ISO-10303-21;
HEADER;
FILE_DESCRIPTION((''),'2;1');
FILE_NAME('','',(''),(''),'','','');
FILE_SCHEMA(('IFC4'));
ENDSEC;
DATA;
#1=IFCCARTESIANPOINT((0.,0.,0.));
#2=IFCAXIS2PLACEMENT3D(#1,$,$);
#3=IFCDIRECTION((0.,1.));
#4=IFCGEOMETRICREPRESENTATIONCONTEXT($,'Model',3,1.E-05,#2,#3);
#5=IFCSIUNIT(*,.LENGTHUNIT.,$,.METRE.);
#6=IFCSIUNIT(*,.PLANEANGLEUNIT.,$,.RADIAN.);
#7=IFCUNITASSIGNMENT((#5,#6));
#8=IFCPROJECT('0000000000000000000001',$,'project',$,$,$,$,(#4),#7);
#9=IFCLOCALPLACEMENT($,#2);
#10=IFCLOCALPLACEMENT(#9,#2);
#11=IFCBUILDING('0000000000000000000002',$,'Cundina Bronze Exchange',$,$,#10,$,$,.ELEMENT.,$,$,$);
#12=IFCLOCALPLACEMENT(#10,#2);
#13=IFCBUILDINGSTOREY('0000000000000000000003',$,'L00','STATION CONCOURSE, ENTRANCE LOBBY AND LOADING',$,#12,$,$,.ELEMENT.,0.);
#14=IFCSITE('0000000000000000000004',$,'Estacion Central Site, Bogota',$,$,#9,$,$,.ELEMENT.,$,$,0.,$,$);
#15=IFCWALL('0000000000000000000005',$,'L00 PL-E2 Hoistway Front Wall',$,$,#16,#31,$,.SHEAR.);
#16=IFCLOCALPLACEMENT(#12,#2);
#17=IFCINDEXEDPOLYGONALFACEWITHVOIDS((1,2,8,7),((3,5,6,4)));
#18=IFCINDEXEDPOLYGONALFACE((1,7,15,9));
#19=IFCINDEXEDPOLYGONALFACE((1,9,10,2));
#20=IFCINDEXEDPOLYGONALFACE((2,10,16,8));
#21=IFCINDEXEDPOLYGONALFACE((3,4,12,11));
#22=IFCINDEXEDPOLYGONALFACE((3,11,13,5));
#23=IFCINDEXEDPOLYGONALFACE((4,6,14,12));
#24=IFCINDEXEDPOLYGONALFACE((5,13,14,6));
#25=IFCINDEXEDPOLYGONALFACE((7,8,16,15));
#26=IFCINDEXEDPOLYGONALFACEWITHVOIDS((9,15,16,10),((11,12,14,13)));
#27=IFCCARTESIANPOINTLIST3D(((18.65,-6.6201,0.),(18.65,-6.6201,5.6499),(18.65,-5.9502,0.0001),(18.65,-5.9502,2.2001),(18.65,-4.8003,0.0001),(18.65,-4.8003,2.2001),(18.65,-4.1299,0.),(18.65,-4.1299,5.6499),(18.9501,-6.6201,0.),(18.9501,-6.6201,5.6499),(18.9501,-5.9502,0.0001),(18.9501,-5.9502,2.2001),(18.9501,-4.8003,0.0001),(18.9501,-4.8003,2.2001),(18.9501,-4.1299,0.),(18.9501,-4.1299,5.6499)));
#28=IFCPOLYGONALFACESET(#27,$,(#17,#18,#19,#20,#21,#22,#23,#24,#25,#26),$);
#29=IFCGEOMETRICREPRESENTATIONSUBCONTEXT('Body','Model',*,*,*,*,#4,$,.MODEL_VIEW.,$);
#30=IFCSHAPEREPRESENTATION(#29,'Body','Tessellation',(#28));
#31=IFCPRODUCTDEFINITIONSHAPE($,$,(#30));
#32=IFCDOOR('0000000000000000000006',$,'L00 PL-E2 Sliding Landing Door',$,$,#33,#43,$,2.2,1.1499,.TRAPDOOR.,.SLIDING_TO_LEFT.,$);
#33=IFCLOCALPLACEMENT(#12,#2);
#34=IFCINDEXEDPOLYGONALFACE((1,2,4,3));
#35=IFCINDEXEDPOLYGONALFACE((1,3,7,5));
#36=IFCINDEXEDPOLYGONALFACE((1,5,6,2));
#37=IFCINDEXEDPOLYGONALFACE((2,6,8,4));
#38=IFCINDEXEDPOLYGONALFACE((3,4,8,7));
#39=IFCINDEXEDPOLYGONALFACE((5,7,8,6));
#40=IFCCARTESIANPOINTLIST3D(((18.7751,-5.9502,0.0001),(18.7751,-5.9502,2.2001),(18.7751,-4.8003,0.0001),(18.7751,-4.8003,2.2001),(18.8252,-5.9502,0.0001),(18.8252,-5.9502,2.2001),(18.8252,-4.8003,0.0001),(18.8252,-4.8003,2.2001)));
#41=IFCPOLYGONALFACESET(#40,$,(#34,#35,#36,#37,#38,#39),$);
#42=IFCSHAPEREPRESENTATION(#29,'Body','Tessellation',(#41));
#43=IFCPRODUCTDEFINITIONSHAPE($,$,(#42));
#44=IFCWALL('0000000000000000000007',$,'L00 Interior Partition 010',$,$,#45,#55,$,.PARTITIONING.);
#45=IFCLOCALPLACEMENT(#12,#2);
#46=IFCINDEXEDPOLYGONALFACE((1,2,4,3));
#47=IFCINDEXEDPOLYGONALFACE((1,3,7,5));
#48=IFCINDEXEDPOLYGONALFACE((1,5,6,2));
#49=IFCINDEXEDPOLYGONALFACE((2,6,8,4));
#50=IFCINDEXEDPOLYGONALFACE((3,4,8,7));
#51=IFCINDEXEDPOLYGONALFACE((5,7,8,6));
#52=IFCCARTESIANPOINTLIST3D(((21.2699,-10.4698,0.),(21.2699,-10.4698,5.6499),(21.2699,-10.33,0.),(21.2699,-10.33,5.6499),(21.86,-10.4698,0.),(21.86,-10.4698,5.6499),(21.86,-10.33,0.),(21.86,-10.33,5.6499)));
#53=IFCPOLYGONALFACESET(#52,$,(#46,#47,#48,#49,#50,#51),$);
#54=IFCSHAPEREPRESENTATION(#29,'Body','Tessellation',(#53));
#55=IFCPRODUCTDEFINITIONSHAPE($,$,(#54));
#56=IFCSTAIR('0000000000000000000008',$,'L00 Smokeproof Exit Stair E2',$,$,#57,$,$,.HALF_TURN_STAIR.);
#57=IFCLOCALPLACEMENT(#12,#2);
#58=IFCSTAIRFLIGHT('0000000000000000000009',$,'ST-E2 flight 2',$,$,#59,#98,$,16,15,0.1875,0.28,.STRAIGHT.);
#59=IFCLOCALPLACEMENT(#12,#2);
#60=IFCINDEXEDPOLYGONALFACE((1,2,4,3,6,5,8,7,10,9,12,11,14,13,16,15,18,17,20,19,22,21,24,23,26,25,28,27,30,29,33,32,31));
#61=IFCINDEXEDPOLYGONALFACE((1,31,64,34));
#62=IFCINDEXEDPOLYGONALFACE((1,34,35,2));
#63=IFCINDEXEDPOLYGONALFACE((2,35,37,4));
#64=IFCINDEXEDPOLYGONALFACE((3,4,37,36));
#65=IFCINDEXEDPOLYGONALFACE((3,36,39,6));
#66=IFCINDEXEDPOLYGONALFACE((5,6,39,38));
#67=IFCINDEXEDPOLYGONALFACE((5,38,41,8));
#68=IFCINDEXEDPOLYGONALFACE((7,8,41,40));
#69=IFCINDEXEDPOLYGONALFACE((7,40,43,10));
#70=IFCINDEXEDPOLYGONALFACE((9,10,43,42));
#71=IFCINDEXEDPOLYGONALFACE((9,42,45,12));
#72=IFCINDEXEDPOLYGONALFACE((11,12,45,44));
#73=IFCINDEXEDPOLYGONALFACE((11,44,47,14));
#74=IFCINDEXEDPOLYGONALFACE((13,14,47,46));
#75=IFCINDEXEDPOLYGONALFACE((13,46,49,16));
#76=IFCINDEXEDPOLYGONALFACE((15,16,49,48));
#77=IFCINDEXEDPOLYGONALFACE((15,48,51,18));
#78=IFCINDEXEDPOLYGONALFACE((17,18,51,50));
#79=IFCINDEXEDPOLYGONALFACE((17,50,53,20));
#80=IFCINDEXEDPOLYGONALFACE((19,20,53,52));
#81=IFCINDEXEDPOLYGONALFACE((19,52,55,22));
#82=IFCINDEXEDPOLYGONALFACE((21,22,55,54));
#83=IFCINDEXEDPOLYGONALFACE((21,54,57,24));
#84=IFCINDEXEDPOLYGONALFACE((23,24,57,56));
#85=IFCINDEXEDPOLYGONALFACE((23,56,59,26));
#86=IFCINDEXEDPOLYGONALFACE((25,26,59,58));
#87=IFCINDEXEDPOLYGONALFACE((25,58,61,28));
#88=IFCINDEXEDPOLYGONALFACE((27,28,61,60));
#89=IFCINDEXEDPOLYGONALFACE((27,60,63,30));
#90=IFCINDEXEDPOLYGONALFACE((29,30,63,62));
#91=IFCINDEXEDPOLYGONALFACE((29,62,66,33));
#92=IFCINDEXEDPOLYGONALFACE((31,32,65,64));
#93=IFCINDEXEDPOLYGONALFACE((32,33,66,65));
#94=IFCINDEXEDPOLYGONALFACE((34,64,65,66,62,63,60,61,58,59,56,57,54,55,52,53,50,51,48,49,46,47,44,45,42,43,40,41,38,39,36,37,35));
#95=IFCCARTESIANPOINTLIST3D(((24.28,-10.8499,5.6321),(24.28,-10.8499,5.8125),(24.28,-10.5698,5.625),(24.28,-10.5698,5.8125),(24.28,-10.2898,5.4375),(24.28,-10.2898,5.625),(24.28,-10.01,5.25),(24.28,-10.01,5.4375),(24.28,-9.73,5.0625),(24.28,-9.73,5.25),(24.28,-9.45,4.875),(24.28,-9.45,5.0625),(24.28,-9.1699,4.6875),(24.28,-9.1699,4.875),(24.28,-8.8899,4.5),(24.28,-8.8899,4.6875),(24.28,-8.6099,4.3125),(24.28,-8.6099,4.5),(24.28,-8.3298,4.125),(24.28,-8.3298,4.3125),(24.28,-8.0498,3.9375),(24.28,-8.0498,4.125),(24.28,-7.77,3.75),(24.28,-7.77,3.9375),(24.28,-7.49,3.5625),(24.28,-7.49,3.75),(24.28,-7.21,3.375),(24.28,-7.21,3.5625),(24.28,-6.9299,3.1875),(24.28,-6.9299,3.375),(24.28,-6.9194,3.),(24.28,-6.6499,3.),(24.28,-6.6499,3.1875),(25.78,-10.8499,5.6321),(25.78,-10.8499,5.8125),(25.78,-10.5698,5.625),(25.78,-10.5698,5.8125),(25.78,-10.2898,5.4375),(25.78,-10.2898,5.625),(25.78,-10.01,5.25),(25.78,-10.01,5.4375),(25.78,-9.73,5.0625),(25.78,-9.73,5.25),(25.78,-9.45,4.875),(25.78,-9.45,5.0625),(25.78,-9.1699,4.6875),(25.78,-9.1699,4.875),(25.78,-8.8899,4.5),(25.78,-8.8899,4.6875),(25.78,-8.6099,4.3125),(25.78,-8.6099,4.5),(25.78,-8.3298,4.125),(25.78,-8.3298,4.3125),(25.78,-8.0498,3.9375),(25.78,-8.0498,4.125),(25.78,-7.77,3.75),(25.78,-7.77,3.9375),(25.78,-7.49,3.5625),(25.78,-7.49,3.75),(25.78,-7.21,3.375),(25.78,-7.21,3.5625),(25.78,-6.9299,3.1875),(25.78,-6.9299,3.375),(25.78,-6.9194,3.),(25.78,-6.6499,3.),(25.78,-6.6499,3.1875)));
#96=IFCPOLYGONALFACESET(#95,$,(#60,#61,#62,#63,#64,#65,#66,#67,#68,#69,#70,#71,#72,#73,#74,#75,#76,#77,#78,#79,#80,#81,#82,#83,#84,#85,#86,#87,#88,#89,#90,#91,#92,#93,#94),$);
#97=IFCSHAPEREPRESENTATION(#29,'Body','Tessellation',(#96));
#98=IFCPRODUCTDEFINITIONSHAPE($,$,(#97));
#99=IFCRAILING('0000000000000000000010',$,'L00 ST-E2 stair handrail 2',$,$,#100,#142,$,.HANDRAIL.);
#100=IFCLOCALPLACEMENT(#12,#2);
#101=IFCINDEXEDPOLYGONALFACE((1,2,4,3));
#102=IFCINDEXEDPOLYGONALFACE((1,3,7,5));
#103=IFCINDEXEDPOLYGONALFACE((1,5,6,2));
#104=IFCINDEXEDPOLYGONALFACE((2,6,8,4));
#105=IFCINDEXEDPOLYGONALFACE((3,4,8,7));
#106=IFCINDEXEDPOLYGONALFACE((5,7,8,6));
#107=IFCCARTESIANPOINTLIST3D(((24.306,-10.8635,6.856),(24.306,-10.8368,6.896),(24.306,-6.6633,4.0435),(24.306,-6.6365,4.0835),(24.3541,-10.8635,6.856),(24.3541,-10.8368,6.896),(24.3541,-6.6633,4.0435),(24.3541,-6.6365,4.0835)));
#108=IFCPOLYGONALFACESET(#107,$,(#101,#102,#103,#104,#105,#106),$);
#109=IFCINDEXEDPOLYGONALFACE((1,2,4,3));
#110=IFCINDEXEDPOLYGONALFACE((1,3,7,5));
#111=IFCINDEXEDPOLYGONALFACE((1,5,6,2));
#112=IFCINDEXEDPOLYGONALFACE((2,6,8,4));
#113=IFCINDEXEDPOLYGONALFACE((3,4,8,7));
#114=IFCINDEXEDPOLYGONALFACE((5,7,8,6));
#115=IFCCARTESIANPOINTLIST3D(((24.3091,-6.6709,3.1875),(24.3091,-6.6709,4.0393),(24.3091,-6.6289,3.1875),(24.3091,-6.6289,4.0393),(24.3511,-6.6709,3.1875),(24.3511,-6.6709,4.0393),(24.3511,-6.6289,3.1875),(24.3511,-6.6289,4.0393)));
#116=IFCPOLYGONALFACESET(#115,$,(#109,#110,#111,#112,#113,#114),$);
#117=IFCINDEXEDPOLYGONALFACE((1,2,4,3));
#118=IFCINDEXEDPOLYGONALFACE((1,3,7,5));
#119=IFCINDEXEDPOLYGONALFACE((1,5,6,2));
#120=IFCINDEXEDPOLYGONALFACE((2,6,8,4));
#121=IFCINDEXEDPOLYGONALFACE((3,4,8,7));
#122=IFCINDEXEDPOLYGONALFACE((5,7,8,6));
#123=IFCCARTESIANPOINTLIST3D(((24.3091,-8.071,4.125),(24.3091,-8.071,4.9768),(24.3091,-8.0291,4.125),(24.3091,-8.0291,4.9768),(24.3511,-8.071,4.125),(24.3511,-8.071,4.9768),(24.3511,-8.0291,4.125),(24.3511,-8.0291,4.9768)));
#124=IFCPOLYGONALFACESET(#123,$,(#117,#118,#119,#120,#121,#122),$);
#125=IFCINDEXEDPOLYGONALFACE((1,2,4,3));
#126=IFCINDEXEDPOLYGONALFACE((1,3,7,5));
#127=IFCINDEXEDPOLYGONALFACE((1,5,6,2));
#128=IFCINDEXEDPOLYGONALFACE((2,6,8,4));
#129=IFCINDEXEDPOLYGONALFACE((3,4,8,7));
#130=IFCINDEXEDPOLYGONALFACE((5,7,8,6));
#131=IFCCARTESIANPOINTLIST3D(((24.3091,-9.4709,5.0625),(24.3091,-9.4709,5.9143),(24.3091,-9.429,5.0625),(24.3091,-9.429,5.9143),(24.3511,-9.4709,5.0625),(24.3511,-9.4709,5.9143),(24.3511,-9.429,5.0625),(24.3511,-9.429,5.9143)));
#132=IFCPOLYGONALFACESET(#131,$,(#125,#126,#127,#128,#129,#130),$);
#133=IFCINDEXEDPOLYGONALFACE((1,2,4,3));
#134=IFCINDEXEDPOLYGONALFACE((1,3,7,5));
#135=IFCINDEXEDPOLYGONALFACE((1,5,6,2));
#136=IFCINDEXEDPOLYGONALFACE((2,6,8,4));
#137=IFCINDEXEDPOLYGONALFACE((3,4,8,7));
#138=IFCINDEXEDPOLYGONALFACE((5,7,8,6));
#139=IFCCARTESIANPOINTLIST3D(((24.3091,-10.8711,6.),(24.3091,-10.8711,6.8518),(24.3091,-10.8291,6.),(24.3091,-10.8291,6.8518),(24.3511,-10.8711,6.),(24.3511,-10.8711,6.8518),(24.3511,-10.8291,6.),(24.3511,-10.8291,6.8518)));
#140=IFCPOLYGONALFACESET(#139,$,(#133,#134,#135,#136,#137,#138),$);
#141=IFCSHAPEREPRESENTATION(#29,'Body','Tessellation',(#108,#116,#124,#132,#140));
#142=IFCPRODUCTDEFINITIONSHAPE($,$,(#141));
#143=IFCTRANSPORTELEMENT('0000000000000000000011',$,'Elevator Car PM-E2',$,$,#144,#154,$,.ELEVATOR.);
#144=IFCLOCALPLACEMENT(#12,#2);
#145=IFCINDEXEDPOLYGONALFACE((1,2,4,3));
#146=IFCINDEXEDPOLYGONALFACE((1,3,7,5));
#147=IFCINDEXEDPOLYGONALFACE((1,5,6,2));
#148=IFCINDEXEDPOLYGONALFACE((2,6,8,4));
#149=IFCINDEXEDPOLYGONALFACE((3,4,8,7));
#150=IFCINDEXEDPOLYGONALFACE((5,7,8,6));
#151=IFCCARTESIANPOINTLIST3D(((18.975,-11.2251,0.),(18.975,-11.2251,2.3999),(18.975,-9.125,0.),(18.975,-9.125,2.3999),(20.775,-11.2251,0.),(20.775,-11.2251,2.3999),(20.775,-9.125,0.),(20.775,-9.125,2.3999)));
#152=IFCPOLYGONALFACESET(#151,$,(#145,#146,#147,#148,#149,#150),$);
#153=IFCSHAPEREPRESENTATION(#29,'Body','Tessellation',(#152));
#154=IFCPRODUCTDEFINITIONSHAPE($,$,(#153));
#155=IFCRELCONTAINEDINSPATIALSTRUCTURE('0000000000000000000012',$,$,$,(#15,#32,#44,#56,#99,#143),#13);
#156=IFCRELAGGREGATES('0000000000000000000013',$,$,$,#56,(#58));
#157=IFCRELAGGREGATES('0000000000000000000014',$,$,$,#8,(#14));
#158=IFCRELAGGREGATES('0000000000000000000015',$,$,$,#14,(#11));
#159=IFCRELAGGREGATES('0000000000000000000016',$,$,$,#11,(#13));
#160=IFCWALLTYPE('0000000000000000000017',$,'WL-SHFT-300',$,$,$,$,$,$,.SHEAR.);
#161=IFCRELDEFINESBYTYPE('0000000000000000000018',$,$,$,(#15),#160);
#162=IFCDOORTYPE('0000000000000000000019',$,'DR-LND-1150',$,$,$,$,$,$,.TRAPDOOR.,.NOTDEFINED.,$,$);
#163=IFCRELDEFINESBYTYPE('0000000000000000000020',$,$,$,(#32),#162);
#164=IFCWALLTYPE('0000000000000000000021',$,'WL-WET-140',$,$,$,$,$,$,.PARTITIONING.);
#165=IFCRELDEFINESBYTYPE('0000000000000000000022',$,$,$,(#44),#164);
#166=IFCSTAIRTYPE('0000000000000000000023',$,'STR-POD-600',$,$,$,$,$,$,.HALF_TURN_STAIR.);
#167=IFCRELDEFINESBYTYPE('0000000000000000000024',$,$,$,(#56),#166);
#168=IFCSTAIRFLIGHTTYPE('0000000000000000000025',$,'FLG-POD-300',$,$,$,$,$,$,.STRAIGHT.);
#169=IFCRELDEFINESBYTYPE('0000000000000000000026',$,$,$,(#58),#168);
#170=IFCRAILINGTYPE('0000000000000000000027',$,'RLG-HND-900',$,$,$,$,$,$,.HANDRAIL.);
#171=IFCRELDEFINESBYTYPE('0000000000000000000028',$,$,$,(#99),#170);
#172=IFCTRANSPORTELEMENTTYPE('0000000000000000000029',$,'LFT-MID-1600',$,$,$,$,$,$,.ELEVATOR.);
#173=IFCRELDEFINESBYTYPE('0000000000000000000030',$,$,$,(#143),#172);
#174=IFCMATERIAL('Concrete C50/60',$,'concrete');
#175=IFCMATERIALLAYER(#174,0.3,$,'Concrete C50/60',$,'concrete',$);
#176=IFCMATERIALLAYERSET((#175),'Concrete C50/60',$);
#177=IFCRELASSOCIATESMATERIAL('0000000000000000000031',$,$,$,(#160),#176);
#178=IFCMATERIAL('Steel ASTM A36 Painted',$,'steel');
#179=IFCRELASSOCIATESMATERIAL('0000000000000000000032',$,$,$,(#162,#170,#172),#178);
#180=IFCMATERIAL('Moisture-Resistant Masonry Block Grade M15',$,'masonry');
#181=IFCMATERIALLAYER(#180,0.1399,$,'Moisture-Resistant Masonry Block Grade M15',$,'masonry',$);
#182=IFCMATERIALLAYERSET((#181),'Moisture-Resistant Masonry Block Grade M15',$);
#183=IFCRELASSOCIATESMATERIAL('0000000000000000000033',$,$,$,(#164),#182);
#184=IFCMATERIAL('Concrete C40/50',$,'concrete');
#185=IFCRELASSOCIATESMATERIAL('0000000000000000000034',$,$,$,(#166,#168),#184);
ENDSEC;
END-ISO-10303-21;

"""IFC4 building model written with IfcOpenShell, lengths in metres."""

from ifc_helpers import new_model, si_unit, direction, frame, frame_2d, origin, origin_2d, place, context, subcontext, project, spatial, polyline, rectangle, outline, extrude, material, layer, layer_set, type_object, element, fill, aggregate, save


model = new_model("IFC4")

# Units and contexts
model_context = context("Model", 3, precision=1e-05, world=origin(), true_north=direction((0.0, 1.0)))
body_context = subcontext(model_context, "Body", "Model", "MODEL_VIEW")
ifc_project = project(units=[si_unit("LENGTHUNIT", "METRE"), si_unit("PLANEANGLEUNIT", "RADIAN")], contexts=[model_context])

# Site, building, storey
site_placement = place(None, origin())
site = spatial("IfcSite", under=ifc_project, at=site_placement, Name="Estacion Central Site, Bogota", CompositionType="ELEMENT", RefElevation=0.0)
building_placement = place(site_placement, origin())
building = spatial("IfcBuilding", under=site, at=building_placement, Name="Cundina Bronze Exchange", CompositionType="ELEMENT")
storey_placement = place(building_placement, origin())
storey = spatial("IfcBuildingStorey", under=building, at=storey_placement, Name="L00", Description="STATION CONCOURSE, ENTRANCE LOBBY AND LOADING", CompositionType="ELEMENT", Elevation=0.0)

# Shared definitions
ifc_material_1 = material(Name="Concrete C50/60", Category="concrete")
ifc_layer_1 = layer(ifc_material_1, 0.3, Name="Concrete C50/60", Category="concrete")
ifc_layer_set_1 = layer_set([ifc_layer_1], Name="Concrete C50/60")
wall_type_1 = type_object("IfcWallType", Name="WL-SHFT-300", PredefinedType="SHEAR", material=ifc_layer_set_1)
ifc_material_2 = material(Name="Steel ASTM A36 Painted", Category="steel")
door_type_1 = type_object("IfcDoorType", Name="DR-LND-1150", OperationType="NOTDEFINED", PredefinedType="TRAPDOOR", material=ifc_material_2)

# Wall, opening, door
wall_1_placement = place(storey_placement, frame((18.8, -6.6201, 0.0), z_axis=(0.0, 0.0, 1.0), x_axis=(0.0, 1.0, 0.0)))
wall_1 = element("IfcWall", 1, at=wall_1_placement, inside=storey, type_object=wall_type_1, Name="L00 PL-E2 Hoistway Front Wall", PredefinedType="SHEAR", context=body_context, shape_type="SweptSolid", body=[
    extrude(rectangle(XDim=2.4902, YDim=0.3, at=frame_2d((1.2451, 0.0))), origin(), (0.0, 0.0, 1.0), 5.6499),
])
opening_1_placement = place(wall_1_placement, frame((0.6699, 0.0, 0.0)))
opening_1 = element("IfcOpeningElement", 2, at=opening_1_placement, cuts=wall_1, PredefinedType="OPENING", context=body_context, shape_type="SweptSolid", body=[
    extrude(rectangle(XDim=1.1499, YDim=2.2, at=frame_2d((0.575, 1.1001))), frame((0.0, 0.1599, 0.0), z_axis=(0.0, -1.0, 0.0), x_axis=(1.0, 0.0, 0.0)), (0.0, 0.0, 1.0), 0.3201),
])
door_1_placement = place(opening_1_placement, origin())
door_1 = element("IfcDoor", 3, at=door_1_placement, inside=storey, type_object=door_type_1, Name="L00 PL-E2 Sliding Landing Door", OperationType="SLIDING_TO_LEFT", OverallHeight=2.2, OverallWidth=1.1499, PredefinedType="TRAPDOOR", context=body_context, shape_type="SweptSolid", body=[
    extrude(rectangle(XDim=1.1499, YDim=2.2, at=frame_2d((0.575, 1.1001))), frame((0.0, 0.0249, 0.0), z_axis=(0.0, -1.0, 0.0), x_axis=(1.0, 0.0, 0.0)), (0.0, 0.0, 1.0), 0.05),
])
fill(opening_1, door_1)

# Wall
ifc_material_3 = material(Name="Moisture-Resistant Masonry Block Grade M15", Category="masonry")
ifc_layer_2 = layer(ifc_material_3, 0.1399, Name="Moisture-Resistant Masonry Block Grade M15", Category="masonry")
ifc_layer_set_2 = layer_set([ifc_layer_2], Name="Moisture-Resistant Masonry Block Grade M15")
wall_type_2 = type_object("IfcWallType", Name="WL-WET-140", PredefinedType="PARTITIONING", material=ifc_layer_set_2)
wall_2_placement = place(storey_placement, frame((21.27, -10.3999, 0.0), z_axis=(0.0, 0.0, 1.0), x_axis=(1.0, 0.0, 0.0)))
element("IfcWall", 4, at=wall_2_placement, inside=storey, type_object=wall_type_2, Name="L00 Interior Partition 010", PredefinedType="PARTITIONING", context=body_context, shape_type="SweptSolid", body=[
    extrude(rectangle(XDim=0.5901, YDim=0.1399, at=frame_2d((0.2949, 0.0))), origin(), (0.0, 0.0, 1.0), 5.6499),
])

# Stair, stair flight
ifc_material_4 = material(Name="Concrete C40/50", Category="concrete")
stair_type = type_object("IfcStairType", Name="STR-POD-600", PredefinedType="HALF_TURN_STAIR", material=ifc_material_4)
stair_placement = place(storey_placement, origin())
stair = element("IfcStair", 5, at=stair_placement, inside=storey, type_object=stair_type, Name="L00 Smokeproof Exit Stair E2", PredefinedType="HALF_TURN_STAIR")
stair_flight_type = type_object("IfcStairFlightType", Name="FLG-POD-300", PredefinedType="STRAIGHT", material=ifc_material_4)
stair_flight_placement = place(storey_placement, frame((25.03, -6.6499, 3.0), z_axis=(0.0, 0.0, 1.0), x_axis=(0.0, -1.0, 0.0)))
stair_flight = element("IfcStairFlight", 6, at=stair_flight_placement, type_object=stair_flight_type, Name="ST-E2 flight 2", NumberOfRisers=16, NumberOfTreads=15, PredefinedType="STRAIGHT", RiserHeight=0.1875, TreadLength=0.28, context=body_context, shape_type="SweptSolid", body=[
    extrude(outline(polyline([(0.0, 0.0), (0.0, 0.1875), (0.28, 0.1875), (0.28, 0.375), (0.5601, 0.375), (0.5601, 0.5625), (0.8401, 0.5625), (0.8401, 0.75), (1.1201, 0.75), (1.1201, 0.9375), (1.3999, 0.9375), (1.3999, 1.125), (1.6799, 1.125), (1.6799, 1.3125), (1.96, 1.3125), (1.96, 1.5), (2.24, 1.5), (2.24, 1.6875), (2.52, 1.6875), (2.52, 1.875), (2.8, 1.875), (2.8, 2.0625), (3.0801, 2.0625), (3.0801, 2.25), (3.3601, 2.25), (3.3601, 2.4375), (3.6399, 2.4375), (3.6399, 2.625), (3.9199, 2.625), (3.9199, 2.8125), (4.2, 2.8125), (4.2, 3.0), (4.2, 2.6321), (0.2695, 0.0), (0.0, 0.0)])), frame((0.0, 0.75, 0.0), z_axis=(0.0, -1.0, 0.0), x_axis=(1.0, 0.0, 0.0)), (0.0, 0.0, 1.0), 1.5),
])
aggregate(stair, [stair_flight])

# Railing
railing_type = type_object("IfcRailingType", Name="RLG-HND-900", PredefinedType="HANDRAIL", material=ifc_material_2)
railing_placement = place(storey_placement, frame((24.3301, -6.6499, 3.1875)))
element("IfcRailing", 7, at=railing_placement, inside=storey, type_object=railing_type, Name="L00 ST-E2 stair handrail 2", PredefinedType="HANDRAIL", context=body_context, shape_type="SweptSolid", body=[
    extrude(rectangle(XDim=0.0481, YDim=0.0481, at=origin_2d()), frame((0.0, 0.0, 0.876), z_axis=(0.0, -0.830919, 0.556393), x_axis=(1.0, 0.0, 0.0)), (0.0, 0.0, 1.0), 5.0549),
    extrude(rectangle(XDim=0.042, YDim=0.042, at=origin_2d()), origin(), (0.0, 0.0, 1.0), 0.8518),
    extrude(rectangle(XDim=0.042, YDim=0.042, at=origin_2d()), frame((0.0, -1.4001, 0.9375)), (0.0, 0.0, 1.0), 0.8518),
    extrude(rectangle(XDim=0.042, YDim=0.042, at=origin_2d()), frame((0.0, -2.8, 1.875)), (0.0, 0.0, 1.0), 0.8518),
    extrude(rectangle(XDim=0.042, YDim=0.042, at=origin_2d()), frame((0.0, -4.2002, 2.8125)), (0.0, 0.0, 1.0), 0.8518),
])

# Transport element
transport_element_type = type_object("IfcTransportElementType", Name="LFT-MID-1600", PredefinedType="ELEVATOR", material=ifc_material_2)
transport_element_placement = place(storey_placement, frame((19.875, -10.175, 0.0), z_axis=(0.0, 0.0, 1.0), x_axis=(1.0, 0.0, 0.0)))
element("IfcTransportElement", 8, at=transport_element_placement, inside=storey, type_object=transport_element_type, Name="Elevator Car PM-E2", PredefinedType="ELEVATOR", context=body_context, shape_type="SweptSolid", body=[
    extrude(rectangle(XDim=1.8, YDim=2.1001, at=origin_2d()), origin(), (0.0, 0.0, 1.0), 2.3999),
])

save(model, "model.ifc")
